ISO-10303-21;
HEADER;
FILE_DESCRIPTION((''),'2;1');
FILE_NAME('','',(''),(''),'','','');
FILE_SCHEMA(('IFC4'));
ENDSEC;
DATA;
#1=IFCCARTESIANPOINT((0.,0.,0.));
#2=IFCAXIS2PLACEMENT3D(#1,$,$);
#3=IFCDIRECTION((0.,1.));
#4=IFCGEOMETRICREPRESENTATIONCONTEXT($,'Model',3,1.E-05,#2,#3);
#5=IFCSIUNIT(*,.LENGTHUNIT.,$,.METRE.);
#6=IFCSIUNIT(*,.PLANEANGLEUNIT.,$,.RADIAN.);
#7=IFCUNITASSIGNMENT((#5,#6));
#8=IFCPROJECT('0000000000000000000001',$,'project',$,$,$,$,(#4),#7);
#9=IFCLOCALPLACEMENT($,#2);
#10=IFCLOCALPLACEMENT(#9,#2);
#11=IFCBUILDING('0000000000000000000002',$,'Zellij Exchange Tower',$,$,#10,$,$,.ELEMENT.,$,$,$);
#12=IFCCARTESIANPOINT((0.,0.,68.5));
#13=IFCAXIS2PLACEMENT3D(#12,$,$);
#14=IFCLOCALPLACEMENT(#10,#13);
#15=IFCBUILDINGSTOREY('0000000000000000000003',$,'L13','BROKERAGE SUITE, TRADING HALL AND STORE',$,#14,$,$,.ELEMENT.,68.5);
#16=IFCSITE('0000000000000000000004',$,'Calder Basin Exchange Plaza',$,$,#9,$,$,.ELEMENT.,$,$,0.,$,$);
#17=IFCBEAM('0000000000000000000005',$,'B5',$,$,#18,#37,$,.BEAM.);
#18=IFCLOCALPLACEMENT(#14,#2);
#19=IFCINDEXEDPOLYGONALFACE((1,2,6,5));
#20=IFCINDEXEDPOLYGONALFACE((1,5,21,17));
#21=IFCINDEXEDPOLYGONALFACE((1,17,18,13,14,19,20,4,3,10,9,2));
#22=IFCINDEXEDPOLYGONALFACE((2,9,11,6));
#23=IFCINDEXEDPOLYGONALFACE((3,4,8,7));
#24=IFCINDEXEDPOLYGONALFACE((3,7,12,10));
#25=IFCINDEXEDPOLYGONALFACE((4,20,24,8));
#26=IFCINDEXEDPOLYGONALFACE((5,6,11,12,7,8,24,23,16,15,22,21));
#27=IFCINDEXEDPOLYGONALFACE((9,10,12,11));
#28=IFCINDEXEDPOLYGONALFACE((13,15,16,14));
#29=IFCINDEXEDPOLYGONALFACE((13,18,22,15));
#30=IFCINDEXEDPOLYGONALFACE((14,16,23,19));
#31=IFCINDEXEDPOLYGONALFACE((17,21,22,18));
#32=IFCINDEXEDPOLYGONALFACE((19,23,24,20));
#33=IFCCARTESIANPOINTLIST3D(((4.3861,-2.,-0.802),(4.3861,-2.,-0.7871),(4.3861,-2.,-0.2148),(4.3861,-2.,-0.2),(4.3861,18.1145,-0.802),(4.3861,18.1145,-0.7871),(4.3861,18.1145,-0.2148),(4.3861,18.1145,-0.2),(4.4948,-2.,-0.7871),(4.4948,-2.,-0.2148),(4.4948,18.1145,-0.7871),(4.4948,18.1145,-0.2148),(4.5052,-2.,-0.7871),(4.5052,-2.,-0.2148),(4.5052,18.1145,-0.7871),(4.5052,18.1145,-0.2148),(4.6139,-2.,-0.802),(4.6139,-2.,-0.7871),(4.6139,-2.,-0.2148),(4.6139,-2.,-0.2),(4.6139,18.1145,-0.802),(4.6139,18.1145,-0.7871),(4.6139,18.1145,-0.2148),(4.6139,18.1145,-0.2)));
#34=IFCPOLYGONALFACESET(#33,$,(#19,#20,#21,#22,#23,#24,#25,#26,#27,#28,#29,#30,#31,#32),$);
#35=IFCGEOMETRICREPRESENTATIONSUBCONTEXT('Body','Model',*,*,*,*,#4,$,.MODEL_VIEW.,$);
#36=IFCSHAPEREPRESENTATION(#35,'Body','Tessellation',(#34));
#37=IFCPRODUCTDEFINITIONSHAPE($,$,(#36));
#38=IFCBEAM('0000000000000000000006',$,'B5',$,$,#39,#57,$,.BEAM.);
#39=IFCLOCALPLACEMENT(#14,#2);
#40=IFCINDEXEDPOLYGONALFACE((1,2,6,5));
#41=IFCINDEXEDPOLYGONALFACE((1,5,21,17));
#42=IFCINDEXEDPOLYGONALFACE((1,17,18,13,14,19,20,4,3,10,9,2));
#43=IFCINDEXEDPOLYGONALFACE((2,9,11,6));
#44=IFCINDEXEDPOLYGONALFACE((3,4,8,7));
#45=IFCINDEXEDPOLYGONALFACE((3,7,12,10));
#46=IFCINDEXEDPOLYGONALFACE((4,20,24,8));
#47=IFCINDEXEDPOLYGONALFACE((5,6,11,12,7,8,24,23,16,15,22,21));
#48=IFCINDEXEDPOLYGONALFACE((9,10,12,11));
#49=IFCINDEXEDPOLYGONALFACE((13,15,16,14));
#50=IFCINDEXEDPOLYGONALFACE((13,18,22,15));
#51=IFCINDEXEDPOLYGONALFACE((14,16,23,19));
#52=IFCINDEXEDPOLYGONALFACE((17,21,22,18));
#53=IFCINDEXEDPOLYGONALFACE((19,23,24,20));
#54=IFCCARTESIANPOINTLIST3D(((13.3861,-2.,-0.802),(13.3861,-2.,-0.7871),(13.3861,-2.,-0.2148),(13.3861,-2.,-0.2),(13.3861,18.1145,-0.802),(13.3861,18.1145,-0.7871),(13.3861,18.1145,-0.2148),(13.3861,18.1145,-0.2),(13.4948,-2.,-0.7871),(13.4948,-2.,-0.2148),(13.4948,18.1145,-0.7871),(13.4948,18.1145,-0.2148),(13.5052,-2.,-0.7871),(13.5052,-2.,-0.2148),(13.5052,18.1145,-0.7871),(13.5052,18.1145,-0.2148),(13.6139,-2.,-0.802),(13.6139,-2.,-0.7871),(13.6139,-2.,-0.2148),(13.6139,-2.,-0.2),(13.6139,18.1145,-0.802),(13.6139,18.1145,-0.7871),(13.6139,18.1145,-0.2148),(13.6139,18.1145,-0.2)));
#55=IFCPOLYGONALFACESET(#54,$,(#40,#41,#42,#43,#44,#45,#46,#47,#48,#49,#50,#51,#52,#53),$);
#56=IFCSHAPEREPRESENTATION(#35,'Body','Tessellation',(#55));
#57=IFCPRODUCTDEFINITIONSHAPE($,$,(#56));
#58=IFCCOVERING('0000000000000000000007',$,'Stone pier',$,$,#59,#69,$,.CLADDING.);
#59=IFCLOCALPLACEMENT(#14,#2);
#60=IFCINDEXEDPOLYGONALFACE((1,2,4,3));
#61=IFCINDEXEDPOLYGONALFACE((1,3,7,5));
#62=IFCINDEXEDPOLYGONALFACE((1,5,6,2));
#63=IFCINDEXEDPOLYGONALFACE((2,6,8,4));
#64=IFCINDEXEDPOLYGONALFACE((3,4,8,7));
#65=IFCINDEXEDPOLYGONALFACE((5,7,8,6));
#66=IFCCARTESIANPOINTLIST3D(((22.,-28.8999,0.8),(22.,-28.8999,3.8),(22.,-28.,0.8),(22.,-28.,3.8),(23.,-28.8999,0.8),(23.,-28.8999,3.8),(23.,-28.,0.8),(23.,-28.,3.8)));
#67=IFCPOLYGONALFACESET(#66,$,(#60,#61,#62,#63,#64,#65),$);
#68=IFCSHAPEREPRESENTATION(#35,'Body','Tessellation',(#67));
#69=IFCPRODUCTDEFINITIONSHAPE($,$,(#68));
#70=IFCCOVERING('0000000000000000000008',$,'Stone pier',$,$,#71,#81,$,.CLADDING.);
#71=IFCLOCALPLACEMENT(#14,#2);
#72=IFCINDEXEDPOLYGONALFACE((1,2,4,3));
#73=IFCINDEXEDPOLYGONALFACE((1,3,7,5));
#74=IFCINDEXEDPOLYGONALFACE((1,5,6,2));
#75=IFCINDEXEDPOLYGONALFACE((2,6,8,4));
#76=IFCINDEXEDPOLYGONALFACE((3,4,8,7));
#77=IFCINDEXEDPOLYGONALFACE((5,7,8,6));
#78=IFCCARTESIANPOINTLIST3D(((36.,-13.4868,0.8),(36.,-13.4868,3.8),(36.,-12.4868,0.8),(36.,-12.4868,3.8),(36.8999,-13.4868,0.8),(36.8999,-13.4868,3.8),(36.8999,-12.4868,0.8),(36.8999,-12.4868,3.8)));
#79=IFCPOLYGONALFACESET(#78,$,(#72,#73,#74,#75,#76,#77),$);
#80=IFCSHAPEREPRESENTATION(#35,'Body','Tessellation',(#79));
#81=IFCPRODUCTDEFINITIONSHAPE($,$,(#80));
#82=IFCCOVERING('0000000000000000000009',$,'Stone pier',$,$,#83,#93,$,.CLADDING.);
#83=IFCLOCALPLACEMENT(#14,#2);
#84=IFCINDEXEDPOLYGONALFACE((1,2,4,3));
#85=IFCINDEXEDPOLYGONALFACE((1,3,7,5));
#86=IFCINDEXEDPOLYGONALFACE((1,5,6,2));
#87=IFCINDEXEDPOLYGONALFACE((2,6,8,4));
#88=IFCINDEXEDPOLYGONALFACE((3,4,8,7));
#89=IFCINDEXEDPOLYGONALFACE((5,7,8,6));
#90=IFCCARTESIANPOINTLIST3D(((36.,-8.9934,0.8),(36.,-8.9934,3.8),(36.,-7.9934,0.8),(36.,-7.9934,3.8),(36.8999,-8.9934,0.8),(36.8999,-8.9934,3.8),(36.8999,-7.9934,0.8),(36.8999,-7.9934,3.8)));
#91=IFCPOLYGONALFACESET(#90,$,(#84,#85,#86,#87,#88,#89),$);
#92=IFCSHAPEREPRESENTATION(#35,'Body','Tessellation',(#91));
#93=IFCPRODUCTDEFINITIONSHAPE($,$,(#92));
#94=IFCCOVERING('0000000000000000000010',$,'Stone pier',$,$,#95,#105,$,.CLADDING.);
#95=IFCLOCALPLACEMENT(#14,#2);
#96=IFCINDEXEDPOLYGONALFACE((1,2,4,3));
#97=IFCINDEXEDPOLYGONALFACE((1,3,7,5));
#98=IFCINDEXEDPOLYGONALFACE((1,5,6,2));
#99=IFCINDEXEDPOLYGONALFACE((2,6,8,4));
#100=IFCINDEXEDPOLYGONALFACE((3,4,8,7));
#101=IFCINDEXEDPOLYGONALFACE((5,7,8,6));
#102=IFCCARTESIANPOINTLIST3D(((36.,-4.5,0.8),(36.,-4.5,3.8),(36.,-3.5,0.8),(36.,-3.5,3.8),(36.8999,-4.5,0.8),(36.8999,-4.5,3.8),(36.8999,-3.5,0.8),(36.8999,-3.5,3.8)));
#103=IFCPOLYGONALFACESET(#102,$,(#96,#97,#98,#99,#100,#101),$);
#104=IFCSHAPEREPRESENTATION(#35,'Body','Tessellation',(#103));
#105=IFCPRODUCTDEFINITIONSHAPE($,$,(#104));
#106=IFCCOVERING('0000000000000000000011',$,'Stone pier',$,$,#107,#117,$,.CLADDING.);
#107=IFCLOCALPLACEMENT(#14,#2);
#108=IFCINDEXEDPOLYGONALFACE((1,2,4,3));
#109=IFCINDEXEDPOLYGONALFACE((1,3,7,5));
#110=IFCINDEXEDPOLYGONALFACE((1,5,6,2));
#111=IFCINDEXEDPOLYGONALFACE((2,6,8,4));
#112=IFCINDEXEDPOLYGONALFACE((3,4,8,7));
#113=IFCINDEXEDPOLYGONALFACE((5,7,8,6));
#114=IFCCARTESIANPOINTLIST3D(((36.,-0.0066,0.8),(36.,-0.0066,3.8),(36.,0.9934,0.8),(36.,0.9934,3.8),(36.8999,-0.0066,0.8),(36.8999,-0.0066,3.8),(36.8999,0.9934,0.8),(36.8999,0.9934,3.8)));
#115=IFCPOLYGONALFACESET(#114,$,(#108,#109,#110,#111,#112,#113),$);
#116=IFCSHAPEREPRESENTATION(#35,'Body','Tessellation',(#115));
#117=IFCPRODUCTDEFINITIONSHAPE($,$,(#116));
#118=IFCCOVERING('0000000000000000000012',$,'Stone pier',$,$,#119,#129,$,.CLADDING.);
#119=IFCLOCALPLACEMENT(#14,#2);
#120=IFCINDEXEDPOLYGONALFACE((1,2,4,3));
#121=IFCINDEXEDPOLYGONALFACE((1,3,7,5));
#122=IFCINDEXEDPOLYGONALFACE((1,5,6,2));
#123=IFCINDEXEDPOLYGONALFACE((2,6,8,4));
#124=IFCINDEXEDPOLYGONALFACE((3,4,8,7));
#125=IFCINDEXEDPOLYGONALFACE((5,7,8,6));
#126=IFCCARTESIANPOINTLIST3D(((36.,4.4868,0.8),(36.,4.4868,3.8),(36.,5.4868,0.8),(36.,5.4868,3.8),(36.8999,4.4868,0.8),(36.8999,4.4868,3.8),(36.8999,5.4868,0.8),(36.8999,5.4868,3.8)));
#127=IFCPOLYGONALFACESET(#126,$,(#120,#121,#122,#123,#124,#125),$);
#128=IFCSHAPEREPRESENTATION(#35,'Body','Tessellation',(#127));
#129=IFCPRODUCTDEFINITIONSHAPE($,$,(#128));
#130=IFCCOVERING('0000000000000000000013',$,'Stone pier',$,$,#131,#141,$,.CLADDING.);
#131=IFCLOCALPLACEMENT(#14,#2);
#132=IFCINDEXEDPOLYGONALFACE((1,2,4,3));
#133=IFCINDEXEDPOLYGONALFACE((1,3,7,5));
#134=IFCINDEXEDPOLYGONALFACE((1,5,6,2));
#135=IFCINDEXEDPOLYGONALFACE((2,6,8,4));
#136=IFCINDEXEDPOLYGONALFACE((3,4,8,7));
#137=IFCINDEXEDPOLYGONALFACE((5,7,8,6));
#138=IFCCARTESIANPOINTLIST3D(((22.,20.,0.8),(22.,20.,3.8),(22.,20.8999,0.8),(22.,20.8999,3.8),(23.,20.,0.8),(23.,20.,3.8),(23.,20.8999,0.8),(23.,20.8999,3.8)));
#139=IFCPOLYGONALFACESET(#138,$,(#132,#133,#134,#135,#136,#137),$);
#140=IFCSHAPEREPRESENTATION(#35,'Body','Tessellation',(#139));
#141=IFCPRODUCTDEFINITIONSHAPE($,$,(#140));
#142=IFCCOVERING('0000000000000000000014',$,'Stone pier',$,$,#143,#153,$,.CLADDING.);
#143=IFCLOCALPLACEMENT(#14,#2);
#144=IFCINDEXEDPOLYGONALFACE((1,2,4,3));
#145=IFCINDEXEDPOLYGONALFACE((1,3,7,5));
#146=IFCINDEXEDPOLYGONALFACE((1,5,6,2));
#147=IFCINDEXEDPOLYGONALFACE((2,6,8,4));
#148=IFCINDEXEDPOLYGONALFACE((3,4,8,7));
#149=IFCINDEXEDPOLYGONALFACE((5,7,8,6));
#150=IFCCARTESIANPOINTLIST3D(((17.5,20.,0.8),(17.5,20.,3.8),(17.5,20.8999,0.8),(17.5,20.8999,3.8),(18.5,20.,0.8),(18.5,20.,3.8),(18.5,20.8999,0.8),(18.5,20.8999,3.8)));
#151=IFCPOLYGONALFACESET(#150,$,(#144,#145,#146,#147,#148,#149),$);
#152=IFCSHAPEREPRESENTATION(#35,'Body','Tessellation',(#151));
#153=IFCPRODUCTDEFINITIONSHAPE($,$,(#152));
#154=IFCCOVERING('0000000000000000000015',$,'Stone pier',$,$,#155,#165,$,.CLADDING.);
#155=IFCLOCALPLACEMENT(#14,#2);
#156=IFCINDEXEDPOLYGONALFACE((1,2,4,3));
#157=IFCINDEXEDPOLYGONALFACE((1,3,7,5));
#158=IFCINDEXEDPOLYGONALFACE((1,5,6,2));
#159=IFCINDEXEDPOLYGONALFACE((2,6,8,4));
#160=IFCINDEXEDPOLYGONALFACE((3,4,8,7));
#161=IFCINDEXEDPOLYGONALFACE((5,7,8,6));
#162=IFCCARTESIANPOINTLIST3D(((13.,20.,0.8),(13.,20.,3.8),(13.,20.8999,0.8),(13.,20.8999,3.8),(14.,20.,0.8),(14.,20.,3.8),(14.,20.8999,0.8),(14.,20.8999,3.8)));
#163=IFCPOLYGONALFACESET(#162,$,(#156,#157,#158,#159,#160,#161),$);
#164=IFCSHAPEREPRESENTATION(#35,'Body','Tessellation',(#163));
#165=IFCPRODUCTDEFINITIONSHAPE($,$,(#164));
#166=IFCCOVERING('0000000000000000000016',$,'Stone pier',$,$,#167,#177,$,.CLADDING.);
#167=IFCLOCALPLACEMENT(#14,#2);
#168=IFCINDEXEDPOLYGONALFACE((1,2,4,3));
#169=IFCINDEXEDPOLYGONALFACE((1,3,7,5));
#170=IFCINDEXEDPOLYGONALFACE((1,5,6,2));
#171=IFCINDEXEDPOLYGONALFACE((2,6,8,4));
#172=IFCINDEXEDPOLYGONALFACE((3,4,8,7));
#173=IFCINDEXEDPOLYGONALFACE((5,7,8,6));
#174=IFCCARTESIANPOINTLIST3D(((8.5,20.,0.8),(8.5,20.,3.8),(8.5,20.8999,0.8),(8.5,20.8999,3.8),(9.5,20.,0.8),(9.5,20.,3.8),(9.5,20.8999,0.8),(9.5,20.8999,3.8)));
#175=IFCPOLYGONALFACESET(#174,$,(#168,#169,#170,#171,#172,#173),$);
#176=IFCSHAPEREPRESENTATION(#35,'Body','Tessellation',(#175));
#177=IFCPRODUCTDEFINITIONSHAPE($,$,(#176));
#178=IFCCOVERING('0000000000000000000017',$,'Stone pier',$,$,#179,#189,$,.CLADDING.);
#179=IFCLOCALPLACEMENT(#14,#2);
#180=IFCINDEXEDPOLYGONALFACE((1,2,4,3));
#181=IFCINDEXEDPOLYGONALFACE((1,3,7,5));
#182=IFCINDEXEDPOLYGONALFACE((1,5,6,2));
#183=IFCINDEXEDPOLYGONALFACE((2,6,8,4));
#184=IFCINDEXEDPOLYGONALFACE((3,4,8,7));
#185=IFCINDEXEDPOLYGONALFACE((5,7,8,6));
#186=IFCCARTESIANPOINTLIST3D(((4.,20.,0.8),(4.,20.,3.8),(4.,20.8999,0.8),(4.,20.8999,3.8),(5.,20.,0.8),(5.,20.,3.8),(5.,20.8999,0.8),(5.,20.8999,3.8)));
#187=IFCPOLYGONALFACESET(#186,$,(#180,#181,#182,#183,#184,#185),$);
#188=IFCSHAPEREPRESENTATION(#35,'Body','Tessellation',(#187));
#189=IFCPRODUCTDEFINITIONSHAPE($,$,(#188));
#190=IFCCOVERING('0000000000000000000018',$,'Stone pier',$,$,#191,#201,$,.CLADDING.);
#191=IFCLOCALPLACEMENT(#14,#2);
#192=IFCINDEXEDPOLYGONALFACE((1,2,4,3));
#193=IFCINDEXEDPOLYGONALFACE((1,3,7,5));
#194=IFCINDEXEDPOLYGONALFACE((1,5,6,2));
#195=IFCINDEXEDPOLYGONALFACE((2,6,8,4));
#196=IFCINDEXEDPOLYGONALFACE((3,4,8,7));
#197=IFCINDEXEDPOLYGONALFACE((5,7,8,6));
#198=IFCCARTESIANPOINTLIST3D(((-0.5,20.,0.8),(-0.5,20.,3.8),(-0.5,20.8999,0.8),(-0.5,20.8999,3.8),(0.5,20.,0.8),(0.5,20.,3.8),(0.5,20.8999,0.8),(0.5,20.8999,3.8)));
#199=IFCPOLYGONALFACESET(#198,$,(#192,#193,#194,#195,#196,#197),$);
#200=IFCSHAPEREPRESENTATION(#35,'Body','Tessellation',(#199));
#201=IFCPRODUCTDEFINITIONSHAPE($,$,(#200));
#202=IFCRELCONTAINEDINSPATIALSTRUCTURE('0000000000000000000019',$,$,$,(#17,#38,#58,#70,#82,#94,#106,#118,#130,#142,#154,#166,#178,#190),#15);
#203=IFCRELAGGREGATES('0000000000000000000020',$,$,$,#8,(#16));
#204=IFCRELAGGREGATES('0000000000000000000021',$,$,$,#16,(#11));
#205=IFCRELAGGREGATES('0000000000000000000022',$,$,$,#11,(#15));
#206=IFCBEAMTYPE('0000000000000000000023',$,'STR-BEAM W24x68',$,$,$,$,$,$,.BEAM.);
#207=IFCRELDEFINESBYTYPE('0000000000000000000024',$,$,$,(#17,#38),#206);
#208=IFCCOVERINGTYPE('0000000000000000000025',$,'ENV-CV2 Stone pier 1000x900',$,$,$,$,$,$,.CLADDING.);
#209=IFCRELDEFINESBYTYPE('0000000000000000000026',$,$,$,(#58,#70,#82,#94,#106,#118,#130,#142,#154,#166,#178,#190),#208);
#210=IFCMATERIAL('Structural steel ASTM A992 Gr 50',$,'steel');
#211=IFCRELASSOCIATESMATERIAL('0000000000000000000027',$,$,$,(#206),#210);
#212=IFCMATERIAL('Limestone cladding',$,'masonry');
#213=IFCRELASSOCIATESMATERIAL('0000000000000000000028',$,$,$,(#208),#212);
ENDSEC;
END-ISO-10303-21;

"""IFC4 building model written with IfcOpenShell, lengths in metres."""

from ifc_helpers import new_model, si_unit, direction, frame, origin, origin_2d, place, context, subcontext, project, spatial, polyline, i_section, outline, extrude, material, material_profile, profile_set, type_object, element, save


model = new_model("IFC4")

# Units and contexts
model_context = context("Model", 3, precision=1e-05, world=origin(), true_north=direction((0.0, 1.0)))
body_context = subcontext(model_context, "Body", "Model", "MODEL_VIEW")
ifc_project = project(units=[si_unit("LENGTHUNIT", "METRE"), si_unit("PLANEANGLEUNIT", "RADIAN")], contexts=[model_context])

# Site, building, storey
site_placement = place(None, origin())
site = spatial("IfcSite", under=ifc_project, at=site_placement, Name="Calder Basin Exchange Plaza", CompositionType="ELEMENT", RefElevation=0.0)
building_placement = place(site_placement, origin())
building = spatial("IfcBuilding", under=site, at=building_placement, Name="Zellij Exchange Tower", CompositionType="ELEMENT")
storey_placement = place(building_placement, frame((0.0, 0.0, 68.5)))
storey = spatial("IfcBuildingStorey", under=building, at=storey_placement, Name="L13", Description="BROKERAGE SUITE, TRADING HALL AND STORE", CompositionType="ELEMENT", Elevation=68.5)

# Beams
ifc_material_1 = material(Name="Structural steel ASTM A992 Gr 50", Category="steel")
ifc_material_profile = material_profile(ifc_material_1, i_section(OverallWidth=0.2278, OverallDepth=0.6021, WebThickness=0.0105, FlangeThickness=0.0149, at=origin_2d()), Name="W24x68")
ifc_profile_set = profile_set([ifc_material_profile], Name="Structural steel ASTM A992 Gr 50")
beam_type = type_object("IfcBeamType", Name="STR-BEAM W24x68", PredefinedType="BEAM", material=ifc_profile_set)
for number, where, z_axis, x_axis, name in (
    (1, (4.5, -2.0, -0.501), (0.0, 1.0, 0.0), (-1.0, 0.0, 0.0), "B5"),
    (2, (13.5, -2.0, -0.501), (0.0, 1.0, 0.0), (-1.0, 0.0, 0.0), "B5"),
):
    element("IfcBeam", number, at=place(storey_placement, frame(where, z_axis=z_axis, x_axis=x_axis)), inside=storey, type_object=beam_type, Name=name, PredefinedType="BEAM", context=body_context, shape_type="SweptSolid", body=[
        extrude(i_section(OverallWidth=0.2278, OverallDepth=0.6021, WebThickness=0.0105, FlangeThickness=0.0149, at=origin_2d()), origin(), (0.0, 0.0, 1.0), 20.1145),
    ])

# Coverings
ifc_material_2 = material(Name="Limestone cladding", Category="masonry")
covering_type = type_object("IfcCoveringType", Name="ENV-CV2 Stone pier 1000x900", PredefinedType="CLADDING", material=ifc_material_2)
covering_1_placement = place(storey_placement, frame((0.0, 0.0, 0.8)))
element("IfcCovering", 3, at=covering_1_placement, inside=storey, type_object=covering_type, Name="Stone pier", PredefinedType="CLADDING", context=body_context, shape_type="SweptSolid", body=[
    extrude(outline(polyline([(22.0, -28.0), (23.0, -28.0), (23.0, -28.8999), (22.0, -28.8999), (22.0, -28.0)])), origin(), (0.0, 0.0, 1.0), 3.0),
])
covering_2_placement = place(storey_placement, frame((0.0, 0.0, 0.8)))
element("IfcCovering", 4, at=covering_2_placement, inside=storey, type_object=covering_type, Name="Stone pier", PredefinedType="CLADDING", context=body_context, shape_type="SweptSolid", body=[
    extrude(outline(polyline([(36.0, -13.4868), (36.0, -12.4868), (36.8999, -12.4868), (36.8999, -13.4868), (36.0, -13.4868)])), origin(), (0.0, 0.0, 1.0), 3.0),
])
covering_3_placement = place(storey_placement, frame((0.0, 0.0, 0.8)))
element("IfcCovering", 5, at=covering_3_placement, inside=storey, type_object=covering_type, Name="Stone pier", PredefinedType="CLADDING", context=body_context, shape_type="SweptSolid", body=[
    extrude(outline(polyline([(36.0, -8.9934), (36.0, -7.9934), (36.8999, -7.9934), (36.8999, -8.9934), (36.0, -8.9934)])), origin(), (0.0, 0.0, 1.0), 3.0),
])
covering_4_placement = place(storey_placement, frame((0.0, 0.0, 0.8)))
element("IfcCovering", 6, at=covering_4_placement, inside=storey, type_object=covering_type, Name="Stone pier", PredefinedType="CLADDING", context=body_context, shape_type="SweptSolid", body=[
    extrude(outline(polyline([(36.0, -4.5), (36.0, -3.5), (36.8999, -3.5), (36.8999, -4.5), (36.0, -4.5)])), origin(), (0.0, 0.0, 1.0), 3.0),
])
covering_5_placement = place(storey_placement, frame((0.0, 0.0, 0.8)))
element("IfcCovering", 7, at=covering_5_placement, inside=storey, type_object=covering_type, Name="Stone pier", PredefinedType="CLADDING", context=body_context, shape_type="SweptSolid", body=[
    extrude(outline(polyline([(36.0, -0.0066), (36.0, 0.9934), (36.8999, 0.9934), (36.8999, -0.0066), (36.0, -0.0066)])), origin(), (0.0, 0.0, 1.0), 3.0),
])
covering_6_placement = place(storey_placement, frame((0.0, 0.0, 0.8)))
element("IfcCovering", 8, at=covering_6_placement, inside=storey, type_object=covering_type, Name="Stone pier", PredefinedType="CLADDING", context=body_context, shape_type="SweptSolid", body=[
    extrude(outline(polyline([(36.0, 4.4868), (36.0, 5.4868), (36.8999, 5.4868), (36.8999, 4.4868), (36.0, 4.4868)])), origin(), (0.0, 0.0, 1.0), 3.0),
])
covering_7_placement = place(storey_placement, frame((0.0, 0.0, 0.8)))
element("IfcCovering", 9, at=covering_7_placement, inside=storey, type_object=covering_type, Name="Stone pier", PredefinedType="CLADDING", context=body_context, shape_type="SweptSolid", body=[
    extrude(outline(polyline([(23.0, 20.0), (22.0, 20.0), (22.0, 20.8999), (23.0, 20.8999), (23.0, 20.0)])), origin(), (0.0, 0.0, 1.0), 3.0),
])
covering_8_placement = place(storey_placement, frame((0.0, 0.0, 0.8)))
element("IfcCovering", 10, at=covering_8_placement, inside=storey, type_object=covering_type, Name="Stone pier", PredefinedType="CLADDING", context=body_context, shape_type="SweptSolid", body=[
    extrude(outline(polyline([(18.5, 20.0), (17.5, 20.0), (17.5, 20.8999), (18.5, 20.8999), (18.5, 20.0)])), origin(), (0.0, 0.0, 1.0), 3.0),
])
covering_9_placement = place(storey_placement, frame((0.0, 0.0, 0.8)))
element("IfcCovering", 11, at=covering_9_placement, inside=storey, type_object=covering_type, Name="Stone pier", PredefinedType="CLADDING", context=body_context, shape_type="SweptSolid", body=[
    extrude(outline(polyline([(14.0, 20.0), (13.0, 20.0), (13.0, 20.8999), (14.0, 20.8999), (14.0, 20.0)])), origin(), (0.0, 0.0, 1.0), 3.0),
])
covering_10_placement = place(storey_placement, frame((0.0, 0.0, 0.8)))
element("IfcCovering", 12, at=covering_10_placement, inside=storey, type_object=covering_type, Name="Stone pier", PredefinedType="CLADDING", context=body_context, shape_type="SweptSolid", body=[
    extrude(outline(polyline([(9.5, 20.0), (8.5, 20.0), (8.5, 20.8999), (9.5, 20.8999), (9.5, 20.0)])), origin(), (0.0, 0.0, 1.0), 3.0),
])
covering_11_placement = place(storey_placement, frame((0.0, 0.0, 0.8)))
element("IfcCovering", 13, at=covering_11_placement, inside=storey, type_object=covering_type, Name="Stone pier", PredefinedType="CLADDING", context=body_context, shape_type="SweptSolid", body=[
    extrude(outline(polyline([(5.0, 20.0), (4.0, 20.0), (4.0, 20.8999), (5.0, 20.8999), (5.0, 20.0)])), origin(), (0.0, 0.0, 1.0), 3.0),
])
covering_12_placement = place(storey_placement, frame((0.0, 0.0, 0.8)))
element("IfcCovering", 14, at=covering_12_placement, inside=storey, type_object=covering_type, Name="Stone pier", PredefinedType="CLADDING", context=body_context, shape_type="SweptSolid", body=[
    extrude(outline(polyline([(0.5, 20.0), (-0.5, 20.0), (-0.5, 20.8999), (0.5, 20.8999), (0.5, 20.0)])), origin(), (0.0, 0.0, 1.0), 3.0),
])

save(model, "model.ifc")
